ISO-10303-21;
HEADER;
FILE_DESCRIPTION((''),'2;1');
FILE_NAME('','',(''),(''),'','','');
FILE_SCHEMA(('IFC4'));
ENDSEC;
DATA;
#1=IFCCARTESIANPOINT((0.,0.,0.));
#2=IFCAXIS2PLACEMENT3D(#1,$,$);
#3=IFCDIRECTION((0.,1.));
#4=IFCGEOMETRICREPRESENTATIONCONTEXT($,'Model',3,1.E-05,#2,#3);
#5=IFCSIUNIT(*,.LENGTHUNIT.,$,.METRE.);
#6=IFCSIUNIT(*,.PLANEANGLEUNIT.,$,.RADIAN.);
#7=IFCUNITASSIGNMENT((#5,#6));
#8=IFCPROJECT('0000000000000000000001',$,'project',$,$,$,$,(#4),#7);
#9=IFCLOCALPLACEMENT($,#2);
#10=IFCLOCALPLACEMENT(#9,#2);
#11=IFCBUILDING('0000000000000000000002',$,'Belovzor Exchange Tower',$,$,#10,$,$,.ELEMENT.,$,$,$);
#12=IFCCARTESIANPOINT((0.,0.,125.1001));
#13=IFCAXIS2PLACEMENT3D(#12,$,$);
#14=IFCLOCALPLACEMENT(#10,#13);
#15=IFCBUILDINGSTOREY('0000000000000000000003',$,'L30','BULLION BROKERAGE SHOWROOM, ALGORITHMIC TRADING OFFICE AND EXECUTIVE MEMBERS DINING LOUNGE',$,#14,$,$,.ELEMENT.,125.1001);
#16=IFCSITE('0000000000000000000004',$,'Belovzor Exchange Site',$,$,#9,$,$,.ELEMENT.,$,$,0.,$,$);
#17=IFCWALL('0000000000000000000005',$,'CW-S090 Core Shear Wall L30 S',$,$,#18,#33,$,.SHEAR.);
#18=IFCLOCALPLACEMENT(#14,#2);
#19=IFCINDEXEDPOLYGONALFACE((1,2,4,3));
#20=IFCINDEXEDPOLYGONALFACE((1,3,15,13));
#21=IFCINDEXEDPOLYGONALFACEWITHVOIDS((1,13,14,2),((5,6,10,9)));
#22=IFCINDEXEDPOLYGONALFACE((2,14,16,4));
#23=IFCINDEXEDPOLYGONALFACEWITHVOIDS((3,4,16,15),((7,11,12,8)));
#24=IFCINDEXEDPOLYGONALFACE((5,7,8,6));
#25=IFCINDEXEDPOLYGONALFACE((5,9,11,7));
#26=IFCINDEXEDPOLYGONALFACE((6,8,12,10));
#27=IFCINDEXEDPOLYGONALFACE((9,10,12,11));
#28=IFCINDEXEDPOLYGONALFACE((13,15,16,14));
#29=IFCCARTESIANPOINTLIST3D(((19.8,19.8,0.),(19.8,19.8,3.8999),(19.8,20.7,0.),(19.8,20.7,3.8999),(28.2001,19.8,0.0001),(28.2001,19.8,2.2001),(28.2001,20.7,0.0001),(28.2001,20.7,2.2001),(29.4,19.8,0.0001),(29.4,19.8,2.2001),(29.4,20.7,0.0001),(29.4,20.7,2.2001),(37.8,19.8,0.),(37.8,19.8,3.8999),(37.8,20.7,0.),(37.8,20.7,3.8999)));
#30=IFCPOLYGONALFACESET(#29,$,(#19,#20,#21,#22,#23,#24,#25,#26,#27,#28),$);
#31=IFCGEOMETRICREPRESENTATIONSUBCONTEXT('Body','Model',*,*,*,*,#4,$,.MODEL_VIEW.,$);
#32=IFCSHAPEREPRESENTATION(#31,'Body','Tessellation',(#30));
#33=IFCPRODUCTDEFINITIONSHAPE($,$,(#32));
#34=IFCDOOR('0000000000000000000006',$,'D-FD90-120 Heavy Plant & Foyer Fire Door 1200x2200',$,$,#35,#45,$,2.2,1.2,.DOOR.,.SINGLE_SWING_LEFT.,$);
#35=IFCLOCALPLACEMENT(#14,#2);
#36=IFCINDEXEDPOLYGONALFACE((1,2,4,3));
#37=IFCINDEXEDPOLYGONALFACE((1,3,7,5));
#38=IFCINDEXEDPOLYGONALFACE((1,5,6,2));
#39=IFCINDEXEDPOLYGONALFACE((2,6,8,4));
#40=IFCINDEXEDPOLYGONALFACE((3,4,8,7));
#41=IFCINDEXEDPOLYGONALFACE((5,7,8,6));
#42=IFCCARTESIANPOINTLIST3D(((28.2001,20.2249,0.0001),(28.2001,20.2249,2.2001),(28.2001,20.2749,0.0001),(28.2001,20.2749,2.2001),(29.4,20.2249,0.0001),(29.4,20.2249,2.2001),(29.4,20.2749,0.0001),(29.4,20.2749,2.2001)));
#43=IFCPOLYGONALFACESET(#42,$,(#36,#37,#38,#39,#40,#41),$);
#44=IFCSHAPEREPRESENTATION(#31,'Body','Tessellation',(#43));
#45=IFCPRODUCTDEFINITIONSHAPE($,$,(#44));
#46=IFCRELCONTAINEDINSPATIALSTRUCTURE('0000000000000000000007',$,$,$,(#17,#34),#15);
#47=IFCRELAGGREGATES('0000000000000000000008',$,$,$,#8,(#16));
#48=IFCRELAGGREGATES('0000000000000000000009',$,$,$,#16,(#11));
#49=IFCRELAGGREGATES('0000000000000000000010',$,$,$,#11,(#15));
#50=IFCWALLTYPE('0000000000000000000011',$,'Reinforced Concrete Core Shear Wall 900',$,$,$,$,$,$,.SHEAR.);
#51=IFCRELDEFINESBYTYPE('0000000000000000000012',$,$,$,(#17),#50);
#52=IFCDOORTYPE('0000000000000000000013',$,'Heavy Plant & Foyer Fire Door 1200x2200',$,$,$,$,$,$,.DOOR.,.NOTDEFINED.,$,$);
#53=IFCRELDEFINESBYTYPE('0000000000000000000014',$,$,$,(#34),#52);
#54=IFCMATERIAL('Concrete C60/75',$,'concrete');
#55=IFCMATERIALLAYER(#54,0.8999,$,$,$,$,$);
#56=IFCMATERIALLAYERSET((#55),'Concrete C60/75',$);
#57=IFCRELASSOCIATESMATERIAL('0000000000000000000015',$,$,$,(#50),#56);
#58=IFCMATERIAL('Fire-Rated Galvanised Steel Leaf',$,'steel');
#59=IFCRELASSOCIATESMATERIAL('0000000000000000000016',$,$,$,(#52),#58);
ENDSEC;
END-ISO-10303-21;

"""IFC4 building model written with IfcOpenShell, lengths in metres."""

from ifc_helpers import new_model, si_unit, direction, frame, frame_2d, origin, place, context, subcontext, project, spatial, rectangle, extrude, material, layer, layer_set, type_object, element, fill, save


model = new_model("IFC4")

# Units and contexts
model_context = context("Model", 3, precision=1e-05, world=origin(), true_north=direction((0.0, 1.0)))
body_context = subcontext(model_context, "Body", "Model", "MODEL_VIEW")
ifc_project = project(units=[si_unit("LENGTHUNIT", "METRE"), si_unit("PLANEANGLEUNIT", "RADIAN")], contexts=[model_context])

# Site, building, storey
site_placement = place(None, origin())
site = spatial("IfcSite", under=ifc_project, at=site_placement, Name="Belovzor Exchange Site", CompositionType="ELEMENT", RefElevation=0.0)
building_placement = place(site_placement, origin())
building = spatial("IfcBuilding", under=site, at=building_placement, Name="Belovzor Exchange Tower", CompositionType="ELEMENT")
storey_placement = place(building_placement, frame((0.0, 0.0, 125.1001)))
storey = spatial("IfcBuildingStorey", under=building, at=storey_placement, Name="L30", Description="BULLION BROKERAGE SHOWROOM, ALGORITHMIC TRADING OFFICE AND EXECUTIVE MEMBERS DINING LOUNGE", CompositionType="ELEMENT", Elevation=125.1001)

# Wall, opening, door
ifc_material_1 = material(Name="Concrete C60/75", Category="concrete")
ifc_layer_1 = layer(ifc_material_1, 0.8999)
ifc_layer_set_1 = layer_set([ifc_layer_1], Name="Concrete C60/75")
wall_type_1 = type_object("IfcWallType", Name="Reinforced Concrete Core Shear Wall 900", PredefinedType="SHEAR", material=ifc_layer_set_1)
wall_1_placement = place(storey_placement, frame((19.8, 20.25, 0.0), z_axis=(0.0, 0.0, 1.0), x_axis=(1.0, 0.0, 0.0)))
wall_1 = element("IfcWall", 1, at=wall_1_placement, inside=storey, type_object=wall_type_1, Name="CW-S090 Core Shear Wall L30 S", PredefinedType="SHEAR", context=body_context, shape_type="SweptSolid", body=[
    extrude(rectangle(XDim=18.0, YDim=0.8999, at=frame_2d((9.0, 0.0))), origin(), (0.0, 0.0, 1.0), 3.8999),
])
opening_1_placement = place(wall_1_placement, frame((8.3999, 0.0, 0.0)))
opening_1 = element("IfcOpeningElement", 2, at=opening_1_placement, cuts=wall_1, PredefinedType="OPENING", context=body_context, shape_type="SweptSolid", body=[
    extrude(rectangle(XDim=1.2, YDim=2.2, at=frame_2d((0.6001, 1.1001))), frame((0.0, 0.46, 0.0), z_axis=(0.0, -1.0, 0.0), x_axis=(1.0, 0.0, 0.0)), (0.0, 0.0, 1.0), 0.9199),
])
ifc_material_2 = material(Name="Fire-Rated Galvanised Steel Leaf", Category="steel")
door_type_1 = type_object("IfcDoorType", Name="Heavy Plant & Foyer Fire Door 1200x2200", OperationType="NOTDEFINED", PredefinedType="DOOR", material=ifc_material_2)
door_1_placement = place(opening_1_placement, origin())
door_1 = element("IfcDoor", 3, at=door_1_placement, inside=storey, type_object=door_type_1, Name="D-FD90-120 Heavy Plant & Foyer Fire Door 1200x2200", OperationType="SINGLE_SWING_LEFT", OverallHeight=2.2, OverallWidth=1.2, PredefinedType="DOOR", context=body_context, shape_type="SweptSolid", body=[
    extrude(rectangle(XDim=1.2, YDim=2.2, at=frame_2d((0.6001, 1.1001))), frame((0.0, 0.0249, 0.0), z_axis=(0.0, -1.0, 0.0), x_axis=(1.0, 0.0, 0.0)), (0.0, 0.0, 1.0), 0.05),
])
fill(opening_1, door_1)

save(model, "model.ifc")
